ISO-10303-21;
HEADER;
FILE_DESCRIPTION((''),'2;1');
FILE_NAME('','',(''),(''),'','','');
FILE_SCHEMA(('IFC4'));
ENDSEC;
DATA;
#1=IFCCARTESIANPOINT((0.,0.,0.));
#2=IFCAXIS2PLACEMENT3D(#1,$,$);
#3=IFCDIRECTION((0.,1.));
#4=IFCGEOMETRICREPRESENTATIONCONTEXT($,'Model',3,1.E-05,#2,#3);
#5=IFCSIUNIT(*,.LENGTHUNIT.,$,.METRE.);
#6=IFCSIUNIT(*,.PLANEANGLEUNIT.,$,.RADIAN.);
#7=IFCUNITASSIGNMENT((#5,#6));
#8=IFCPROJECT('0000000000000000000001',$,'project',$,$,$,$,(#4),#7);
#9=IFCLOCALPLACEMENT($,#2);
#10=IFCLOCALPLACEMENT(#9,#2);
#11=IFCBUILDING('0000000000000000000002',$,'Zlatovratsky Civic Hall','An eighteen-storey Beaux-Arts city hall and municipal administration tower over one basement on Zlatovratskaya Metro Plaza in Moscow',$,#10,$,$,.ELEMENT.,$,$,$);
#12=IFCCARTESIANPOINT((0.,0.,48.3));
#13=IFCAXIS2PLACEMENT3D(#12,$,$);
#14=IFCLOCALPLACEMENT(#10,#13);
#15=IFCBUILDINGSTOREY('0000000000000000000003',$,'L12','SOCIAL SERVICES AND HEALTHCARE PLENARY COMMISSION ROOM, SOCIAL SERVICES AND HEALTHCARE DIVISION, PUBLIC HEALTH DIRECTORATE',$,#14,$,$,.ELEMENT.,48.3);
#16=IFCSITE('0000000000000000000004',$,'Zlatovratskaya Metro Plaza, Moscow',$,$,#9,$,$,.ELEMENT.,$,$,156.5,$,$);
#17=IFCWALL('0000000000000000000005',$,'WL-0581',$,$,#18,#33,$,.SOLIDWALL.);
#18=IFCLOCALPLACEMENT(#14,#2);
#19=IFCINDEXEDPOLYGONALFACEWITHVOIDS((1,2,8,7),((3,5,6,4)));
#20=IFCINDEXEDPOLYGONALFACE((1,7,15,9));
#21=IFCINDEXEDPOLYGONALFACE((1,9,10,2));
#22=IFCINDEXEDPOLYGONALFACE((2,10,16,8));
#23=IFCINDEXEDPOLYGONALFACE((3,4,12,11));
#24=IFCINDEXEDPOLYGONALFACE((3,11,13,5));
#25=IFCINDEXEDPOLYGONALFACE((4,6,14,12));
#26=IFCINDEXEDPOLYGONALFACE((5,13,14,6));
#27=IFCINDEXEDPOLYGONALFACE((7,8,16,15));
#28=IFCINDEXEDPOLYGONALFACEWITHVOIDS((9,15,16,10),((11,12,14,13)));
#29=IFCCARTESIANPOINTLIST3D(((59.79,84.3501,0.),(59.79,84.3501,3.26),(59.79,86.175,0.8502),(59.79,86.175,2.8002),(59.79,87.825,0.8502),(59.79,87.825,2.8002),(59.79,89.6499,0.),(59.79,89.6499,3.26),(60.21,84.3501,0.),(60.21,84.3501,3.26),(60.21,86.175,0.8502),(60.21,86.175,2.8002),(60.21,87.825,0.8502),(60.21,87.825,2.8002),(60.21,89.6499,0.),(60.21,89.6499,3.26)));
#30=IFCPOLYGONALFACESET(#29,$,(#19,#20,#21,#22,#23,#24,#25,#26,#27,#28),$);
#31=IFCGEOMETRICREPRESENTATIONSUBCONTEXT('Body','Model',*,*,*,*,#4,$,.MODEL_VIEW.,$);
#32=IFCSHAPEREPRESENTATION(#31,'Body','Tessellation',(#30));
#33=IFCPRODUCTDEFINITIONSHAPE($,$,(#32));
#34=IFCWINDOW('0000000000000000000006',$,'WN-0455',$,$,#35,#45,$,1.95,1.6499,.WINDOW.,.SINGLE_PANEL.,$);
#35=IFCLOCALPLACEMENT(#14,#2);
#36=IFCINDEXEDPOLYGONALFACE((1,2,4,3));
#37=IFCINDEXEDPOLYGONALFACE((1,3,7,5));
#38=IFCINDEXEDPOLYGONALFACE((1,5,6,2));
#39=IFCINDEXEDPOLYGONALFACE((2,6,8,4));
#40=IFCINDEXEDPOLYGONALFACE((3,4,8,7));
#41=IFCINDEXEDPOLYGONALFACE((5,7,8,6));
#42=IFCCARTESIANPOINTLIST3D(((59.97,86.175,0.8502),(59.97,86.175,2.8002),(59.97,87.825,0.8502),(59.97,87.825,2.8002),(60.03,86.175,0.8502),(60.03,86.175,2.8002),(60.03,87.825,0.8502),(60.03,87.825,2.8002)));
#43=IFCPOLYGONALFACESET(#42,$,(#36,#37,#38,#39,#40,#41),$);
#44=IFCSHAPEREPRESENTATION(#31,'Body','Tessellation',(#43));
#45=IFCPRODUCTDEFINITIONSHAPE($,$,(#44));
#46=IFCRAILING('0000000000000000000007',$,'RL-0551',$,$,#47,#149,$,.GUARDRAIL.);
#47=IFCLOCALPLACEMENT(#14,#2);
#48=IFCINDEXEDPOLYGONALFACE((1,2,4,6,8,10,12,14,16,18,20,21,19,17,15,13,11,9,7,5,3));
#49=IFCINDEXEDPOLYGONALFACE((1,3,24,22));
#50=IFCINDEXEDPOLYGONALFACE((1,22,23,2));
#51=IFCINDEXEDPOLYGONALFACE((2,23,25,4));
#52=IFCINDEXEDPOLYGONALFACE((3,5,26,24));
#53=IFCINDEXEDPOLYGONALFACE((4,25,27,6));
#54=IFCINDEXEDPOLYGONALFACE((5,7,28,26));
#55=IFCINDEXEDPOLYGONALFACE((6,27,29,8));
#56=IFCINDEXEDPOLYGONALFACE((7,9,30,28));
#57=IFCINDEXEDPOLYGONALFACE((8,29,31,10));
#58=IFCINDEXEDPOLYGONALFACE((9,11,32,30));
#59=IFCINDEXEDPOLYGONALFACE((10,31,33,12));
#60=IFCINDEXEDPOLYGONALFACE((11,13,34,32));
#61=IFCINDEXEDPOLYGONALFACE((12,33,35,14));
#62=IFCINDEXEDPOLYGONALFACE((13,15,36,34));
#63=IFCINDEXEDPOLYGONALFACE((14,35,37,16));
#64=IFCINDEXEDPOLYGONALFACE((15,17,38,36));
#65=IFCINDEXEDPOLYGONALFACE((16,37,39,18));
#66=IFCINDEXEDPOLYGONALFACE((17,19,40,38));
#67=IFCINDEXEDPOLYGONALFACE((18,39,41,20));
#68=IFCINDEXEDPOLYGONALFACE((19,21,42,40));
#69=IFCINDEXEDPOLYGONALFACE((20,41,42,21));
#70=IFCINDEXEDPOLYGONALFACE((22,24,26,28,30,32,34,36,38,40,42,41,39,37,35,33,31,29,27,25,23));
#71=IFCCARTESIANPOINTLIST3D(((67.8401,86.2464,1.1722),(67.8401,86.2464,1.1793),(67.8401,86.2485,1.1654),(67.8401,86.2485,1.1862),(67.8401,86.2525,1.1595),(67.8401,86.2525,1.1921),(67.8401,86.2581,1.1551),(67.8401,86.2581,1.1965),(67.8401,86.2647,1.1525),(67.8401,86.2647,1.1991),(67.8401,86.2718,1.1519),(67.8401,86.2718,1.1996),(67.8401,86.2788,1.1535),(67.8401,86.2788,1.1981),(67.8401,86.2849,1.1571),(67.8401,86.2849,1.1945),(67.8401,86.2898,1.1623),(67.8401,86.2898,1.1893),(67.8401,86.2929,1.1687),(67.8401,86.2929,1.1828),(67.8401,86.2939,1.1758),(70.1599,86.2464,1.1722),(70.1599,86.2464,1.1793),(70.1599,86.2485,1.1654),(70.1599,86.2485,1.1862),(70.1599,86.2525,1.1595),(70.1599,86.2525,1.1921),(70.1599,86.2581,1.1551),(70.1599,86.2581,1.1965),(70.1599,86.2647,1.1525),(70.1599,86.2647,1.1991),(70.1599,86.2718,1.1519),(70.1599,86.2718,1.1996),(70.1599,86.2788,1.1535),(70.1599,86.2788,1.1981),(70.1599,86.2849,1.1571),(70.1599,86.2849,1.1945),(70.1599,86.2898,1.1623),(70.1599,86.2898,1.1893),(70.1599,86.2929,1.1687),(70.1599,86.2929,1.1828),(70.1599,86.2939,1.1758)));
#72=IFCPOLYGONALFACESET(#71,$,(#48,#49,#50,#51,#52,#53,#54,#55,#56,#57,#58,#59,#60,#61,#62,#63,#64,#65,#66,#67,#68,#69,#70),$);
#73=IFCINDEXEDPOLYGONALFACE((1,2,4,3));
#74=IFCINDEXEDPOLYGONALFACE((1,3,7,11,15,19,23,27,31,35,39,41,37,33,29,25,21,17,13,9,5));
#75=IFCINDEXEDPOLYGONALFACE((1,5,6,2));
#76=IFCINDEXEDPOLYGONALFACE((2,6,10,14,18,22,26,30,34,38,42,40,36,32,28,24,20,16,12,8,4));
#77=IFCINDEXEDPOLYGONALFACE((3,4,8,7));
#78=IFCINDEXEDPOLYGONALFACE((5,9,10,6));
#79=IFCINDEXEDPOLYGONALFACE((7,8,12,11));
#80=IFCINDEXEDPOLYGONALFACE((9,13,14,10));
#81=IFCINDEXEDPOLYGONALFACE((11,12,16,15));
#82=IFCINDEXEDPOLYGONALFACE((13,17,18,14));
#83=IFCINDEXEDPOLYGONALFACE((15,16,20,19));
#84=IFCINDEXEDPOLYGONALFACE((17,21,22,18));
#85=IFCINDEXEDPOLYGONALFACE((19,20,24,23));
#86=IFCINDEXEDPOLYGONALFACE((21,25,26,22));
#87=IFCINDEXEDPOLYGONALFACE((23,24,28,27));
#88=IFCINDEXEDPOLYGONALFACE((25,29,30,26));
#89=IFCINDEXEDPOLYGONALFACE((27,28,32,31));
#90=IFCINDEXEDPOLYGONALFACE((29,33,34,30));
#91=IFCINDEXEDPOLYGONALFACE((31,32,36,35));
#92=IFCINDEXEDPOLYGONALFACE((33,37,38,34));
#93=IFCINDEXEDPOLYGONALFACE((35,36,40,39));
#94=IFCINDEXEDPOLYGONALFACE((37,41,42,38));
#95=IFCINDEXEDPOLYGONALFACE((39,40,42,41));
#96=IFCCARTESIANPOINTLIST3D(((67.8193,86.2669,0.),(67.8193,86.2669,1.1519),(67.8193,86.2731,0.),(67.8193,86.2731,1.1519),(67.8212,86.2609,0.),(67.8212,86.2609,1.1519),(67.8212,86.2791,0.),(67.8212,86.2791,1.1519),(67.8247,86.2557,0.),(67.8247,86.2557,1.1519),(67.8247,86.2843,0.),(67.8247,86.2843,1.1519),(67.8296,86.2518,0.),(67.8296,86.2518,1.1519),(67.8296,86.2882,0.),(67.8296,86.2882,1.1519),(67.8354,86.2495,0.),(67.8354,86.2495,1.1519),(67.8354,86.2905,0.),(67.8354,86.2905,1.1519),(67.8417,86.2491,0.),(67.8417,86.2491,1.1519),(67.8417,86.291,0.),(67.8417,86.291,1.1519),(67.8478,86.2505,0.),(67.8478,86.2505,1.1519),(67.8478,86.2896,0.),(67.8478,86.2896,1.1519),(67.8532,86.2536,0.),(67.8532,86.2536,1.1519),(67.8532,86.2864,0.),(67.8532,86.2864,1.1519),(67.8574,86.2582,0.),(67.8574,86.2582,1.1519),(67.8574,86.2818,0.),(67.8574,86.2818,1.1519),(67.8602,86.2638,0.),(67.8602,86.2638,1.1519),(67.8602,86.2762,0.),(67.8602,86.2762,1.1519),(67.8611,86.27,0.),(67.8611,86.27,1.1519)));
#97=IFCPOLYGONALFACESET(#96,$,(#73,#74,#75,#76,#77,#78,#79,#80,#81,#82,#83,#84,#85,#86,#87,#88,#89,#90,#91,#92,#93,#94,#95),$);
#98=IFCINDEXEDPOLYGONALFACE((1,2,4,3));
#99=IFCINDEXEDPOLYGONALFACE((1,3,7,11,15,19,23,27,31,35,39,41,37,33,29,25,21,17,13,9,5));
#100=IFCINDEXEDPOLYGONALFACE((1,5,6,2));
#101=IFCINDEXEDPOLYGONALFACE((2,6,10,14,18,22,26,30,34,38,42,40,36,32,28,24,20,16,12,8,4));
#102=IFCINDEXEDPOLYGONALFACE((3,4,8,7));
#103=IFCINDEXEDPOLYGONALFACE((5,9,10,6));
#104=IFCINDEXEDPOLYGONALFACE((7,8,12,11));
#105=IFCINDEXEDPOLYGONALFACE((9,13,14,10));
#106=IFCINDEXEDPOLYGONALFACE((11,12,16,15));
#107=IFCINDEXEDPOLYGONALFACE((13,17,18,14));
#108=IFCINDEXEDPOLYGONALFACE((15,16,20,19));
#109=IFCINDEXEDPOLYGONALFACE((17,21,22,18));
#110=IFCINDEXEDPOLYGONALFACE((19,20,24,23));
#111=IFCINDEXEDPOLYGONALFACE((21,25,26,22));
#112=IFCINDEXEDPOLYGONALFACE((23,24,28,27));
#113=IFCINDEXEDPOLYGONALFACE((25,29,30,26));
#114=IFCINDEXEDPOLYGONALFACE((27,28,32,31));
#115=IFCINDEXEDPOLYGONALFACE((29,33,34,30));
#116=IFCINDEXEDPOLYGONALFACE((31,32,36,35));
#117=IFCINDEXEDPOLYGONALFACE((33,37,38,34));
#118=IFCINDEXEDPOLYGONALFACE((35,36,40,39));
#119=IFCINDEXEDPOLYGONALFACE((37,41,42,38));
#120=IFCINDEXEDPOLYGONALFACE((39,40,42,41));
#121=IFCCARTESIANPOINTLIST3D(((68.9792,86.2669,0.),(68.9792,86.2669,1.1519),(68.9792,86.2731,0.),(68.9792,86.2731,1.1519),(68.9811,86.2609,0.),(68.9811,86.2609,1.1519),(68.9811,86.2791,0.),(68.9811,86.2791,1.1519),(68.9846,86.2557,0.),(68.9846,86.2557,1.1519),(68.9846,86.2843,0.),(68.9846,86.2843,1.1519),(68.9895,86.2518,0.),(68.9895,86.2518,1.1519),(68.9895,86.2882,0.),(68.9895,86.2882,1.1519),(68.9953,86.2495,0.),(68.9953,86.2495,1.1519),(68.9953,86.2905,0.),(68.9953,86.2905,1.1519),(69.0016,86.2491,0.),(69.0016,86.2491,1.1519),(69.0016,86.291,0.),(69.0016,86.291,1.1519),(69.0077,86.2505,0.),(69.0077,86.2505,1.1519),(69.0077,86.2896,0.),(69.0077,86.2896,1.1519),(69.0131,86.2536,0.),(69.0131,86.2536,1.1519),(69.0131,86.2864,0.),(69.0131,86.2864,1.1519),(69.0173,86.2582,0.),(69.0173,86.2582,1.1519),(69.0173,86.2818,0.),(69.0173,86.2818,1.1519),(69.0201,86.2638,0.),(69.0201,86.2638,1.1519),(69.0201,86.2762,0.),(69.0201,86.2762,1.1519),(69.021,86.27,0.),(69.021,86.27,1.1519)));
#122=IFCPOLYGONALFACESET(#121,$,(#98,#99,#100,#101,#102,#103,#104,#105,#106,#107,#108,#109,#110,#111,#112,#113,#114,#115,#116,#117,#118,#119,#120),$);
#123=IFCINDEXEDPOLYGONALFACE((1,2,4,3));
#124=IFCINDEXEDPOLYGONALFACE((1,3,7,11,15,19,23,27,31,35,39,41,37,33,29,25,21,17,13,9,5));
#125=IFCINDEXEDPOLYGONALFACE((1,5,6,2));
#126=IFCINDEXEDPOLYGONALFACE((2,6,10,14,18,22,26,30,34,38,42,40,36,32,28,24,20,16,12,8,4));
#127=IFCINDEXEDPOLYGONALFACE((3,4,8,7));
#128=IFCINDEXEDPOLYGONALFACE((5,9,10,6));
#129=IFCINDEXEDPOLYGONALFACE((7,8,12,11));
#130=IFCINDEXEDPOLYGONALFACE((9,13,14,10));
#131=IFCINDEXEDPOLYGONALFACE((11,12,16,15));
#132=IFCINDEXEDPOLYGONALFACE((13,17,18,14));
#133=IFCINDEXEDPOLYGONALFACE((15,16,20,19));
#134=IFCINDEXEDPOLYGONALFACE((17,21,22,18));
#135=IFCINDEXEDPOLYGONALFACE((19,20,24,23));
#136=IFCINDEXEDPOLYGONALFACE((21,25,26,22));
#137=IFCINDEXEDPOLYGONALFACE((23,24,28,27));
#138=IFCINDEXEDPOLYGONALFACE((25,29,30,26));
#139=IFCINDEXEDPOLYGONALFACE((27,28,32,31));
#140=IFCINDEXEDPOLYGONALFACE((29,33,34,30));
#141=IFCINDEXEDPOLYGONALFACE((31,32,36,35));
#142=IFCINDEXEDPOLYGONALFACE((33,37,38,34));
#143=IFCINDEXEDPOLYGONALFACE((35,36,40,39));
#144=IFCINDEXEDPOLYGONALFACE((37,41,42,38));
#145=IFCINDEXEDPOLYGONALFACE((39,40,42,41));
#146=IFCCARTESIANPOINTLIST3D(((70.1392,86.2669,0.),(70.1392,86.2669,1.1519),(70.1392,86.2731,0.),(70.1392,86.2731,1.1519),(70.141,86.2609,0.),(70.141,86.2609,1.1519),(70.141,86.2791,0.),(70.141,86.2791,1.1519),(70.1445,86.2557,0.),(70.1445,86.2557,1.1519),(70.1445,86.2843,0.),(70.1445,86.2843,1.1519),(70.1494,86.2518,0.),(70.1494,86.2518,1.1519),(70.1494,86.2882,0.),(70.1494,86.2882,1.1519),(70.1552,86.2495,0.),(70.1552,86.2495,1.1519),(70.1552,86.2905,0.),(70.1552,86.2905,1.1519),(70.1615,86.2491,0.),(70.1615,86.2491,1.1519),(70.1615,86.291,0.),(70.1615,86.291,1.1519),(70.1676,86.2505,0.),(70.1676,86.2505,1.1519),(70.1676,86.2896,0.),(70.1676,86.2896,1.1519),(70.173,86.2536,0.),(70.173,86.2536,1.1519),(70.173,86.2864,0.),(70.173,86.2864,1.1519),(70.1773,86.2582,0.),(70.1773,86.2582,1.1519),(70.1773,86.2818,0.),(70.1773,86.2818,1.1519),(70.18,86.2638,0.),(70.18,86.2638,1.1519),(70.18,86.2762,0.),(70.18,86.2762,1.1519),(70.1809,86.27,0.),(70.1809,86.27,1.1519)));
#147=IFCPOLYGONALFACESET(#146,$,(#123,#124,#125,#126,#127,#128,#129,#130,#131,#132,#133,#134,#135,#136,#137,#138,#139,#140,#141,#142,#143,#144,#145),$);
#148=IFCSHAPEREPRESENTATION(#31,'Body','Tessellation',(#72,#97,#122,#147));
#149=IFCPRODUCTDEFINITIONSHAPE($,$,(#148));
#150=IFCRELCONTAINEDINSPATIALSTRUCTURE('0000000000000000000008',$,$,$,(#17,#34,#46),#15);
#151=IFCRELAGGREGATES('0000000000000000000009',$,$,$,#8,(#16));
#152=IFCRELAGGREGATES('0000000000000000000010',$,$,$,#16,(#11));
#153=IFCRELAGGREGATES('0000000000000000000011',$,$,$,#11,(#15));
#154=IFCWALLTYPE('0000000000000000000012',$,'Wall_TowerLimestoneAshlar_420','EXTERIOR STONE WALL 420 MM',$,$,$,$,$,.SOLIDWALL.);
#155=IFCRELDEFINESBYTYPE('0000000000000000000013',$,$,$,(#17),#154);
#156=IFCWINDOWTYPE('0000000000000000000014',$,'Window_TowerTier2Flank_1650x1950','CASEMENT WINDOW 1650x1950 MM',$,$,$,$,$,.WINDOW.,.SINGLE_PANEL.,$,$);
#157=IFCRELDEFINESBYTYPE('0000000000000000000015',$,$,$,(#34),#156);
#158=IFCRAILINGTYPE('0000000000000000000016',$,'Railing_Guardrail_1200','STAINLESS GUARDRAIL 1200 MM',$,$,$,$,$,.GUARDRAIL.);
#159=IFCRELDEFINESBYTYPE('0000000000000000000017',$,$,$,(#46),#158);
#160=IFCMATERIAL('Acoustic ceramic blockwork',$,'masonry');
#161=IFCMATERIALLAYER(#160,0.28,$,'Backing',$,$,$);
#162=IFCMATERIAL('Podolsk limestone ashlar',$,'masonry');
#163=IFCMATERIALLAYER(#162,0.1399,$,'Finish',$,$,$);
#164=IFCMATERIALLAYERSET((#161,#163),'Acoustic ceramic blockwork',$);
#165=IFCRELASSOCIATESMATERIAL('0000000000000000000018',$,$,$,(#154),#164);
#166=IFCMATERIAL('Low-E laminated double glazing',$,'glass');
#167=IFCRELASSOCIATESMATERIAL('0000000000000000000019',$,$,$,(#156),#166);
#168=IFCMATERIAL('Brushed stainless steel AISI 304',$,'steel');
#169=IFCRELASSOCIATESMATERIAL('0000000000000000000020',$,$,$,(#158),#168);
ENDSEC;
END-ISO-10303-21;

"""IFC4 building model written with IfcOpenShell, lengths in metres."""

from ifc_helpers import new_model, si_unit, direction, frame, frame_2d, origin, origin_2d, place, context, subcontext, project, spatial, rectangle, circle, extrude, material, layer, layer_set, type_object, element, fill, save


model = new_model("IFC4")

# Units and contexts
model_context = context("Model", 3, precision=1e-05, world=origin(), true_north=direction((0.0, 1.0)))
body_context = subcontext(model_context, "Body", "Model", "MODEL_VIEW")
ifc_project = project(units=[si_unit("LENGTHUNIT", "METRE"), si_unit("PLANEANGLEUNIT", "RADIAN")], contexts=[model_context])

# Site, building, storey
site_placement = place(None, origin())
site = spatial("IfcSite", under=ifc_project, at=site_placement, Name="Zlatovratskaya Metro Plaza, Moscow", CompositionType="ELEMENT", RefElevation=156.5)
building_placement = place(site_placement, origin())
building = spatial("IfcBuilding", under=site, at=building_placement, Name="Zlatovratsky Civic Hall", Description="An eighteen-storey Beaux-Arts city hall and municipal administration tower over one basement on Zlatovratskaya Metro Plaza in Moscow", CompositionType="ELEMENT")
storey_placement = place(building_placement, frame((0.0, 0.0, 48.3)))
storey = spatial("IfcBuildingStorey", under=building, at=storey_placement, Name="L12", Description="SOCIAL SERVICES AND HEALTHCARE PLENARY COMMISSION ROOM, SOCIAL SERVICES AND HEALTHCARE DIVISION, PUBLIC HEALTH DIRECTORATE", CompositionType="ELEMENT", Elevation=48.3)

# Shared definitions
ifc_material_1 = material(Name="Acoustic ceramic blockwork", Category="masonry")

# Wall, opening, window
ifc_layer_1 = layer(ifc_material_1, 0.28, Name="Backing")
ifc_material_2 = material(Name="Podolsk limestone ashlar", Category="masonry")
ifc_layer_2 = layer(ifc_material_2, 0.1399, Name="Finish")
ifc_layer_set_1 = layer_set([ifc_layer_1, ifc_layer_2], Name="Acoustic ceramic blockwork")
wall_type_1 = type_object("IfcWallType", Name="Wall_TowerLimestoneAshlar_420", Description="EXTERIOR STONE WALL 420 MM", PredefinedType="SOLIDWALL", material=ifc_layer_set_1)
ifc_material_3 = material(Name="Low-E laminated double glazing", Category="glass")
window_type = type_object("IfcWindowType", Name="Window_TowerTier2Flank_1650x1950", Description="CASEMENT WINDOW 1650x1950 MM", PartitioningType="SINGLE_PANEL", PredefinedType="WINDOW", material=ifc_material_3)
wall_1_placement = place(storey_placement, frame((60.0, 84.3501, 0.0), z_axis=(0.0, 0.0, 1.0), x_axis=(0.0, 1.0, 0.0)))
wall_1 = element("IfcWall", 1, at=wall_1_placement, inside=storey, type_object=wall_type_1, Name="WL-0581", PredefinedType="SOLIDWALL", context=body_context, shape_type="SweptSolid", body=[
    extrude(rectangle(XDim=5.2998, YDim=0.4199, at=frame_2d((2.6499, 0.0))), origin(), (0.0, 0.0, 1.0), 3.26),
])
opening_1_placement = place(wall_1_placement, frame((1.825, 0.0, 0.8501)))
opening_1 = element("IfcOpeningElement", 2, at=opening_1_placement, cuts=wall_1, PredefinedType="OPENING", context=body_context, shape_type="SweptSolid", body=[
    extrude(rectangle(XDim=1.6499, YDim=1.95, at=frame_2d((0.825, 0.9751))), frame((0.0, 0.2249, 0.0), z_axis=(0.0, -1.0, 0.0), x_axis=(1.0, 0.0, 0.0)), (0.0, 0.0, 1.0), 0.4497),
])
window_1_placement = place(opening_1_placement, origin())
window_1 = element("IfcWindow", 3, at=window_1_placement, inside=storey, type_object=window_type, Name="WN-0455", OverallHeight=1.95, OverallWidth=1.6499, PartitioningType="SINGLE_PANEL", PredefinedType="WINDOW", context=body_context, shape_type="SweptSolid", body=[
    extrude(rectangle(XDim=1.6499, YDim=1.95, at=frame_2d((0.825, 0.9751))), frame((0.0, 0.03, 0.0), z_axis=(0.0, -1.0, 0.0), x_axis=(1.0, 0.0, 0.0)), (0.0, 0.0, 1.0), 0.0601),
])
fill(opening_1, window_1)

# Railing
ifc_material_4 = material(Name="Brushed stainless steel AISI 304", Category="steel")
railing_type_1 = type_object("IfcRailingType", Name="Railing_Guardrail_1200", Description="STAINLESS GUARDRAIL 1200 MM", PredefinedType="GUARDRAIL", material=ifc_material_4)
railing_1_placement = place(storey_placement, frame((67.8401, 86.27, 0.0)))
element("IfcRailing", 4, at=railing_1_placement, inside=storey, type_object=railing_type_1, Name="RL-0551", PredefinedType="GUARDRAIL", context=body_context, shape_type="SweptSolid", body=[
    extrude(circle(Radius=0.0239, at=origin_2d()), frame((0.0, 0.0, 1.1758), z_axis=(1.0, 0.0, 0.0), x_axis=(0.0, 1.0, 0.0)), (0.0, 0.0, 1.0), 2.3198),
    extrude(circle(Radius=0.021, at=origin_2d()), origin(), (0.0, 0.0, 1.0), 1.1519),
    extrude(circle(Radius=0.021, at=origin_2d()), frame((1.1599, 0.0, 0.0)), (0.0, 0.0, 1.0), 1.1519),
    extrude(circle(Radius=0.021, at=origin_2d()), frame((2.3198, 0.0, 0.0)), (0.0, 0.0, 1.0), 1.1519),
])

save(model, "model.ifc")
